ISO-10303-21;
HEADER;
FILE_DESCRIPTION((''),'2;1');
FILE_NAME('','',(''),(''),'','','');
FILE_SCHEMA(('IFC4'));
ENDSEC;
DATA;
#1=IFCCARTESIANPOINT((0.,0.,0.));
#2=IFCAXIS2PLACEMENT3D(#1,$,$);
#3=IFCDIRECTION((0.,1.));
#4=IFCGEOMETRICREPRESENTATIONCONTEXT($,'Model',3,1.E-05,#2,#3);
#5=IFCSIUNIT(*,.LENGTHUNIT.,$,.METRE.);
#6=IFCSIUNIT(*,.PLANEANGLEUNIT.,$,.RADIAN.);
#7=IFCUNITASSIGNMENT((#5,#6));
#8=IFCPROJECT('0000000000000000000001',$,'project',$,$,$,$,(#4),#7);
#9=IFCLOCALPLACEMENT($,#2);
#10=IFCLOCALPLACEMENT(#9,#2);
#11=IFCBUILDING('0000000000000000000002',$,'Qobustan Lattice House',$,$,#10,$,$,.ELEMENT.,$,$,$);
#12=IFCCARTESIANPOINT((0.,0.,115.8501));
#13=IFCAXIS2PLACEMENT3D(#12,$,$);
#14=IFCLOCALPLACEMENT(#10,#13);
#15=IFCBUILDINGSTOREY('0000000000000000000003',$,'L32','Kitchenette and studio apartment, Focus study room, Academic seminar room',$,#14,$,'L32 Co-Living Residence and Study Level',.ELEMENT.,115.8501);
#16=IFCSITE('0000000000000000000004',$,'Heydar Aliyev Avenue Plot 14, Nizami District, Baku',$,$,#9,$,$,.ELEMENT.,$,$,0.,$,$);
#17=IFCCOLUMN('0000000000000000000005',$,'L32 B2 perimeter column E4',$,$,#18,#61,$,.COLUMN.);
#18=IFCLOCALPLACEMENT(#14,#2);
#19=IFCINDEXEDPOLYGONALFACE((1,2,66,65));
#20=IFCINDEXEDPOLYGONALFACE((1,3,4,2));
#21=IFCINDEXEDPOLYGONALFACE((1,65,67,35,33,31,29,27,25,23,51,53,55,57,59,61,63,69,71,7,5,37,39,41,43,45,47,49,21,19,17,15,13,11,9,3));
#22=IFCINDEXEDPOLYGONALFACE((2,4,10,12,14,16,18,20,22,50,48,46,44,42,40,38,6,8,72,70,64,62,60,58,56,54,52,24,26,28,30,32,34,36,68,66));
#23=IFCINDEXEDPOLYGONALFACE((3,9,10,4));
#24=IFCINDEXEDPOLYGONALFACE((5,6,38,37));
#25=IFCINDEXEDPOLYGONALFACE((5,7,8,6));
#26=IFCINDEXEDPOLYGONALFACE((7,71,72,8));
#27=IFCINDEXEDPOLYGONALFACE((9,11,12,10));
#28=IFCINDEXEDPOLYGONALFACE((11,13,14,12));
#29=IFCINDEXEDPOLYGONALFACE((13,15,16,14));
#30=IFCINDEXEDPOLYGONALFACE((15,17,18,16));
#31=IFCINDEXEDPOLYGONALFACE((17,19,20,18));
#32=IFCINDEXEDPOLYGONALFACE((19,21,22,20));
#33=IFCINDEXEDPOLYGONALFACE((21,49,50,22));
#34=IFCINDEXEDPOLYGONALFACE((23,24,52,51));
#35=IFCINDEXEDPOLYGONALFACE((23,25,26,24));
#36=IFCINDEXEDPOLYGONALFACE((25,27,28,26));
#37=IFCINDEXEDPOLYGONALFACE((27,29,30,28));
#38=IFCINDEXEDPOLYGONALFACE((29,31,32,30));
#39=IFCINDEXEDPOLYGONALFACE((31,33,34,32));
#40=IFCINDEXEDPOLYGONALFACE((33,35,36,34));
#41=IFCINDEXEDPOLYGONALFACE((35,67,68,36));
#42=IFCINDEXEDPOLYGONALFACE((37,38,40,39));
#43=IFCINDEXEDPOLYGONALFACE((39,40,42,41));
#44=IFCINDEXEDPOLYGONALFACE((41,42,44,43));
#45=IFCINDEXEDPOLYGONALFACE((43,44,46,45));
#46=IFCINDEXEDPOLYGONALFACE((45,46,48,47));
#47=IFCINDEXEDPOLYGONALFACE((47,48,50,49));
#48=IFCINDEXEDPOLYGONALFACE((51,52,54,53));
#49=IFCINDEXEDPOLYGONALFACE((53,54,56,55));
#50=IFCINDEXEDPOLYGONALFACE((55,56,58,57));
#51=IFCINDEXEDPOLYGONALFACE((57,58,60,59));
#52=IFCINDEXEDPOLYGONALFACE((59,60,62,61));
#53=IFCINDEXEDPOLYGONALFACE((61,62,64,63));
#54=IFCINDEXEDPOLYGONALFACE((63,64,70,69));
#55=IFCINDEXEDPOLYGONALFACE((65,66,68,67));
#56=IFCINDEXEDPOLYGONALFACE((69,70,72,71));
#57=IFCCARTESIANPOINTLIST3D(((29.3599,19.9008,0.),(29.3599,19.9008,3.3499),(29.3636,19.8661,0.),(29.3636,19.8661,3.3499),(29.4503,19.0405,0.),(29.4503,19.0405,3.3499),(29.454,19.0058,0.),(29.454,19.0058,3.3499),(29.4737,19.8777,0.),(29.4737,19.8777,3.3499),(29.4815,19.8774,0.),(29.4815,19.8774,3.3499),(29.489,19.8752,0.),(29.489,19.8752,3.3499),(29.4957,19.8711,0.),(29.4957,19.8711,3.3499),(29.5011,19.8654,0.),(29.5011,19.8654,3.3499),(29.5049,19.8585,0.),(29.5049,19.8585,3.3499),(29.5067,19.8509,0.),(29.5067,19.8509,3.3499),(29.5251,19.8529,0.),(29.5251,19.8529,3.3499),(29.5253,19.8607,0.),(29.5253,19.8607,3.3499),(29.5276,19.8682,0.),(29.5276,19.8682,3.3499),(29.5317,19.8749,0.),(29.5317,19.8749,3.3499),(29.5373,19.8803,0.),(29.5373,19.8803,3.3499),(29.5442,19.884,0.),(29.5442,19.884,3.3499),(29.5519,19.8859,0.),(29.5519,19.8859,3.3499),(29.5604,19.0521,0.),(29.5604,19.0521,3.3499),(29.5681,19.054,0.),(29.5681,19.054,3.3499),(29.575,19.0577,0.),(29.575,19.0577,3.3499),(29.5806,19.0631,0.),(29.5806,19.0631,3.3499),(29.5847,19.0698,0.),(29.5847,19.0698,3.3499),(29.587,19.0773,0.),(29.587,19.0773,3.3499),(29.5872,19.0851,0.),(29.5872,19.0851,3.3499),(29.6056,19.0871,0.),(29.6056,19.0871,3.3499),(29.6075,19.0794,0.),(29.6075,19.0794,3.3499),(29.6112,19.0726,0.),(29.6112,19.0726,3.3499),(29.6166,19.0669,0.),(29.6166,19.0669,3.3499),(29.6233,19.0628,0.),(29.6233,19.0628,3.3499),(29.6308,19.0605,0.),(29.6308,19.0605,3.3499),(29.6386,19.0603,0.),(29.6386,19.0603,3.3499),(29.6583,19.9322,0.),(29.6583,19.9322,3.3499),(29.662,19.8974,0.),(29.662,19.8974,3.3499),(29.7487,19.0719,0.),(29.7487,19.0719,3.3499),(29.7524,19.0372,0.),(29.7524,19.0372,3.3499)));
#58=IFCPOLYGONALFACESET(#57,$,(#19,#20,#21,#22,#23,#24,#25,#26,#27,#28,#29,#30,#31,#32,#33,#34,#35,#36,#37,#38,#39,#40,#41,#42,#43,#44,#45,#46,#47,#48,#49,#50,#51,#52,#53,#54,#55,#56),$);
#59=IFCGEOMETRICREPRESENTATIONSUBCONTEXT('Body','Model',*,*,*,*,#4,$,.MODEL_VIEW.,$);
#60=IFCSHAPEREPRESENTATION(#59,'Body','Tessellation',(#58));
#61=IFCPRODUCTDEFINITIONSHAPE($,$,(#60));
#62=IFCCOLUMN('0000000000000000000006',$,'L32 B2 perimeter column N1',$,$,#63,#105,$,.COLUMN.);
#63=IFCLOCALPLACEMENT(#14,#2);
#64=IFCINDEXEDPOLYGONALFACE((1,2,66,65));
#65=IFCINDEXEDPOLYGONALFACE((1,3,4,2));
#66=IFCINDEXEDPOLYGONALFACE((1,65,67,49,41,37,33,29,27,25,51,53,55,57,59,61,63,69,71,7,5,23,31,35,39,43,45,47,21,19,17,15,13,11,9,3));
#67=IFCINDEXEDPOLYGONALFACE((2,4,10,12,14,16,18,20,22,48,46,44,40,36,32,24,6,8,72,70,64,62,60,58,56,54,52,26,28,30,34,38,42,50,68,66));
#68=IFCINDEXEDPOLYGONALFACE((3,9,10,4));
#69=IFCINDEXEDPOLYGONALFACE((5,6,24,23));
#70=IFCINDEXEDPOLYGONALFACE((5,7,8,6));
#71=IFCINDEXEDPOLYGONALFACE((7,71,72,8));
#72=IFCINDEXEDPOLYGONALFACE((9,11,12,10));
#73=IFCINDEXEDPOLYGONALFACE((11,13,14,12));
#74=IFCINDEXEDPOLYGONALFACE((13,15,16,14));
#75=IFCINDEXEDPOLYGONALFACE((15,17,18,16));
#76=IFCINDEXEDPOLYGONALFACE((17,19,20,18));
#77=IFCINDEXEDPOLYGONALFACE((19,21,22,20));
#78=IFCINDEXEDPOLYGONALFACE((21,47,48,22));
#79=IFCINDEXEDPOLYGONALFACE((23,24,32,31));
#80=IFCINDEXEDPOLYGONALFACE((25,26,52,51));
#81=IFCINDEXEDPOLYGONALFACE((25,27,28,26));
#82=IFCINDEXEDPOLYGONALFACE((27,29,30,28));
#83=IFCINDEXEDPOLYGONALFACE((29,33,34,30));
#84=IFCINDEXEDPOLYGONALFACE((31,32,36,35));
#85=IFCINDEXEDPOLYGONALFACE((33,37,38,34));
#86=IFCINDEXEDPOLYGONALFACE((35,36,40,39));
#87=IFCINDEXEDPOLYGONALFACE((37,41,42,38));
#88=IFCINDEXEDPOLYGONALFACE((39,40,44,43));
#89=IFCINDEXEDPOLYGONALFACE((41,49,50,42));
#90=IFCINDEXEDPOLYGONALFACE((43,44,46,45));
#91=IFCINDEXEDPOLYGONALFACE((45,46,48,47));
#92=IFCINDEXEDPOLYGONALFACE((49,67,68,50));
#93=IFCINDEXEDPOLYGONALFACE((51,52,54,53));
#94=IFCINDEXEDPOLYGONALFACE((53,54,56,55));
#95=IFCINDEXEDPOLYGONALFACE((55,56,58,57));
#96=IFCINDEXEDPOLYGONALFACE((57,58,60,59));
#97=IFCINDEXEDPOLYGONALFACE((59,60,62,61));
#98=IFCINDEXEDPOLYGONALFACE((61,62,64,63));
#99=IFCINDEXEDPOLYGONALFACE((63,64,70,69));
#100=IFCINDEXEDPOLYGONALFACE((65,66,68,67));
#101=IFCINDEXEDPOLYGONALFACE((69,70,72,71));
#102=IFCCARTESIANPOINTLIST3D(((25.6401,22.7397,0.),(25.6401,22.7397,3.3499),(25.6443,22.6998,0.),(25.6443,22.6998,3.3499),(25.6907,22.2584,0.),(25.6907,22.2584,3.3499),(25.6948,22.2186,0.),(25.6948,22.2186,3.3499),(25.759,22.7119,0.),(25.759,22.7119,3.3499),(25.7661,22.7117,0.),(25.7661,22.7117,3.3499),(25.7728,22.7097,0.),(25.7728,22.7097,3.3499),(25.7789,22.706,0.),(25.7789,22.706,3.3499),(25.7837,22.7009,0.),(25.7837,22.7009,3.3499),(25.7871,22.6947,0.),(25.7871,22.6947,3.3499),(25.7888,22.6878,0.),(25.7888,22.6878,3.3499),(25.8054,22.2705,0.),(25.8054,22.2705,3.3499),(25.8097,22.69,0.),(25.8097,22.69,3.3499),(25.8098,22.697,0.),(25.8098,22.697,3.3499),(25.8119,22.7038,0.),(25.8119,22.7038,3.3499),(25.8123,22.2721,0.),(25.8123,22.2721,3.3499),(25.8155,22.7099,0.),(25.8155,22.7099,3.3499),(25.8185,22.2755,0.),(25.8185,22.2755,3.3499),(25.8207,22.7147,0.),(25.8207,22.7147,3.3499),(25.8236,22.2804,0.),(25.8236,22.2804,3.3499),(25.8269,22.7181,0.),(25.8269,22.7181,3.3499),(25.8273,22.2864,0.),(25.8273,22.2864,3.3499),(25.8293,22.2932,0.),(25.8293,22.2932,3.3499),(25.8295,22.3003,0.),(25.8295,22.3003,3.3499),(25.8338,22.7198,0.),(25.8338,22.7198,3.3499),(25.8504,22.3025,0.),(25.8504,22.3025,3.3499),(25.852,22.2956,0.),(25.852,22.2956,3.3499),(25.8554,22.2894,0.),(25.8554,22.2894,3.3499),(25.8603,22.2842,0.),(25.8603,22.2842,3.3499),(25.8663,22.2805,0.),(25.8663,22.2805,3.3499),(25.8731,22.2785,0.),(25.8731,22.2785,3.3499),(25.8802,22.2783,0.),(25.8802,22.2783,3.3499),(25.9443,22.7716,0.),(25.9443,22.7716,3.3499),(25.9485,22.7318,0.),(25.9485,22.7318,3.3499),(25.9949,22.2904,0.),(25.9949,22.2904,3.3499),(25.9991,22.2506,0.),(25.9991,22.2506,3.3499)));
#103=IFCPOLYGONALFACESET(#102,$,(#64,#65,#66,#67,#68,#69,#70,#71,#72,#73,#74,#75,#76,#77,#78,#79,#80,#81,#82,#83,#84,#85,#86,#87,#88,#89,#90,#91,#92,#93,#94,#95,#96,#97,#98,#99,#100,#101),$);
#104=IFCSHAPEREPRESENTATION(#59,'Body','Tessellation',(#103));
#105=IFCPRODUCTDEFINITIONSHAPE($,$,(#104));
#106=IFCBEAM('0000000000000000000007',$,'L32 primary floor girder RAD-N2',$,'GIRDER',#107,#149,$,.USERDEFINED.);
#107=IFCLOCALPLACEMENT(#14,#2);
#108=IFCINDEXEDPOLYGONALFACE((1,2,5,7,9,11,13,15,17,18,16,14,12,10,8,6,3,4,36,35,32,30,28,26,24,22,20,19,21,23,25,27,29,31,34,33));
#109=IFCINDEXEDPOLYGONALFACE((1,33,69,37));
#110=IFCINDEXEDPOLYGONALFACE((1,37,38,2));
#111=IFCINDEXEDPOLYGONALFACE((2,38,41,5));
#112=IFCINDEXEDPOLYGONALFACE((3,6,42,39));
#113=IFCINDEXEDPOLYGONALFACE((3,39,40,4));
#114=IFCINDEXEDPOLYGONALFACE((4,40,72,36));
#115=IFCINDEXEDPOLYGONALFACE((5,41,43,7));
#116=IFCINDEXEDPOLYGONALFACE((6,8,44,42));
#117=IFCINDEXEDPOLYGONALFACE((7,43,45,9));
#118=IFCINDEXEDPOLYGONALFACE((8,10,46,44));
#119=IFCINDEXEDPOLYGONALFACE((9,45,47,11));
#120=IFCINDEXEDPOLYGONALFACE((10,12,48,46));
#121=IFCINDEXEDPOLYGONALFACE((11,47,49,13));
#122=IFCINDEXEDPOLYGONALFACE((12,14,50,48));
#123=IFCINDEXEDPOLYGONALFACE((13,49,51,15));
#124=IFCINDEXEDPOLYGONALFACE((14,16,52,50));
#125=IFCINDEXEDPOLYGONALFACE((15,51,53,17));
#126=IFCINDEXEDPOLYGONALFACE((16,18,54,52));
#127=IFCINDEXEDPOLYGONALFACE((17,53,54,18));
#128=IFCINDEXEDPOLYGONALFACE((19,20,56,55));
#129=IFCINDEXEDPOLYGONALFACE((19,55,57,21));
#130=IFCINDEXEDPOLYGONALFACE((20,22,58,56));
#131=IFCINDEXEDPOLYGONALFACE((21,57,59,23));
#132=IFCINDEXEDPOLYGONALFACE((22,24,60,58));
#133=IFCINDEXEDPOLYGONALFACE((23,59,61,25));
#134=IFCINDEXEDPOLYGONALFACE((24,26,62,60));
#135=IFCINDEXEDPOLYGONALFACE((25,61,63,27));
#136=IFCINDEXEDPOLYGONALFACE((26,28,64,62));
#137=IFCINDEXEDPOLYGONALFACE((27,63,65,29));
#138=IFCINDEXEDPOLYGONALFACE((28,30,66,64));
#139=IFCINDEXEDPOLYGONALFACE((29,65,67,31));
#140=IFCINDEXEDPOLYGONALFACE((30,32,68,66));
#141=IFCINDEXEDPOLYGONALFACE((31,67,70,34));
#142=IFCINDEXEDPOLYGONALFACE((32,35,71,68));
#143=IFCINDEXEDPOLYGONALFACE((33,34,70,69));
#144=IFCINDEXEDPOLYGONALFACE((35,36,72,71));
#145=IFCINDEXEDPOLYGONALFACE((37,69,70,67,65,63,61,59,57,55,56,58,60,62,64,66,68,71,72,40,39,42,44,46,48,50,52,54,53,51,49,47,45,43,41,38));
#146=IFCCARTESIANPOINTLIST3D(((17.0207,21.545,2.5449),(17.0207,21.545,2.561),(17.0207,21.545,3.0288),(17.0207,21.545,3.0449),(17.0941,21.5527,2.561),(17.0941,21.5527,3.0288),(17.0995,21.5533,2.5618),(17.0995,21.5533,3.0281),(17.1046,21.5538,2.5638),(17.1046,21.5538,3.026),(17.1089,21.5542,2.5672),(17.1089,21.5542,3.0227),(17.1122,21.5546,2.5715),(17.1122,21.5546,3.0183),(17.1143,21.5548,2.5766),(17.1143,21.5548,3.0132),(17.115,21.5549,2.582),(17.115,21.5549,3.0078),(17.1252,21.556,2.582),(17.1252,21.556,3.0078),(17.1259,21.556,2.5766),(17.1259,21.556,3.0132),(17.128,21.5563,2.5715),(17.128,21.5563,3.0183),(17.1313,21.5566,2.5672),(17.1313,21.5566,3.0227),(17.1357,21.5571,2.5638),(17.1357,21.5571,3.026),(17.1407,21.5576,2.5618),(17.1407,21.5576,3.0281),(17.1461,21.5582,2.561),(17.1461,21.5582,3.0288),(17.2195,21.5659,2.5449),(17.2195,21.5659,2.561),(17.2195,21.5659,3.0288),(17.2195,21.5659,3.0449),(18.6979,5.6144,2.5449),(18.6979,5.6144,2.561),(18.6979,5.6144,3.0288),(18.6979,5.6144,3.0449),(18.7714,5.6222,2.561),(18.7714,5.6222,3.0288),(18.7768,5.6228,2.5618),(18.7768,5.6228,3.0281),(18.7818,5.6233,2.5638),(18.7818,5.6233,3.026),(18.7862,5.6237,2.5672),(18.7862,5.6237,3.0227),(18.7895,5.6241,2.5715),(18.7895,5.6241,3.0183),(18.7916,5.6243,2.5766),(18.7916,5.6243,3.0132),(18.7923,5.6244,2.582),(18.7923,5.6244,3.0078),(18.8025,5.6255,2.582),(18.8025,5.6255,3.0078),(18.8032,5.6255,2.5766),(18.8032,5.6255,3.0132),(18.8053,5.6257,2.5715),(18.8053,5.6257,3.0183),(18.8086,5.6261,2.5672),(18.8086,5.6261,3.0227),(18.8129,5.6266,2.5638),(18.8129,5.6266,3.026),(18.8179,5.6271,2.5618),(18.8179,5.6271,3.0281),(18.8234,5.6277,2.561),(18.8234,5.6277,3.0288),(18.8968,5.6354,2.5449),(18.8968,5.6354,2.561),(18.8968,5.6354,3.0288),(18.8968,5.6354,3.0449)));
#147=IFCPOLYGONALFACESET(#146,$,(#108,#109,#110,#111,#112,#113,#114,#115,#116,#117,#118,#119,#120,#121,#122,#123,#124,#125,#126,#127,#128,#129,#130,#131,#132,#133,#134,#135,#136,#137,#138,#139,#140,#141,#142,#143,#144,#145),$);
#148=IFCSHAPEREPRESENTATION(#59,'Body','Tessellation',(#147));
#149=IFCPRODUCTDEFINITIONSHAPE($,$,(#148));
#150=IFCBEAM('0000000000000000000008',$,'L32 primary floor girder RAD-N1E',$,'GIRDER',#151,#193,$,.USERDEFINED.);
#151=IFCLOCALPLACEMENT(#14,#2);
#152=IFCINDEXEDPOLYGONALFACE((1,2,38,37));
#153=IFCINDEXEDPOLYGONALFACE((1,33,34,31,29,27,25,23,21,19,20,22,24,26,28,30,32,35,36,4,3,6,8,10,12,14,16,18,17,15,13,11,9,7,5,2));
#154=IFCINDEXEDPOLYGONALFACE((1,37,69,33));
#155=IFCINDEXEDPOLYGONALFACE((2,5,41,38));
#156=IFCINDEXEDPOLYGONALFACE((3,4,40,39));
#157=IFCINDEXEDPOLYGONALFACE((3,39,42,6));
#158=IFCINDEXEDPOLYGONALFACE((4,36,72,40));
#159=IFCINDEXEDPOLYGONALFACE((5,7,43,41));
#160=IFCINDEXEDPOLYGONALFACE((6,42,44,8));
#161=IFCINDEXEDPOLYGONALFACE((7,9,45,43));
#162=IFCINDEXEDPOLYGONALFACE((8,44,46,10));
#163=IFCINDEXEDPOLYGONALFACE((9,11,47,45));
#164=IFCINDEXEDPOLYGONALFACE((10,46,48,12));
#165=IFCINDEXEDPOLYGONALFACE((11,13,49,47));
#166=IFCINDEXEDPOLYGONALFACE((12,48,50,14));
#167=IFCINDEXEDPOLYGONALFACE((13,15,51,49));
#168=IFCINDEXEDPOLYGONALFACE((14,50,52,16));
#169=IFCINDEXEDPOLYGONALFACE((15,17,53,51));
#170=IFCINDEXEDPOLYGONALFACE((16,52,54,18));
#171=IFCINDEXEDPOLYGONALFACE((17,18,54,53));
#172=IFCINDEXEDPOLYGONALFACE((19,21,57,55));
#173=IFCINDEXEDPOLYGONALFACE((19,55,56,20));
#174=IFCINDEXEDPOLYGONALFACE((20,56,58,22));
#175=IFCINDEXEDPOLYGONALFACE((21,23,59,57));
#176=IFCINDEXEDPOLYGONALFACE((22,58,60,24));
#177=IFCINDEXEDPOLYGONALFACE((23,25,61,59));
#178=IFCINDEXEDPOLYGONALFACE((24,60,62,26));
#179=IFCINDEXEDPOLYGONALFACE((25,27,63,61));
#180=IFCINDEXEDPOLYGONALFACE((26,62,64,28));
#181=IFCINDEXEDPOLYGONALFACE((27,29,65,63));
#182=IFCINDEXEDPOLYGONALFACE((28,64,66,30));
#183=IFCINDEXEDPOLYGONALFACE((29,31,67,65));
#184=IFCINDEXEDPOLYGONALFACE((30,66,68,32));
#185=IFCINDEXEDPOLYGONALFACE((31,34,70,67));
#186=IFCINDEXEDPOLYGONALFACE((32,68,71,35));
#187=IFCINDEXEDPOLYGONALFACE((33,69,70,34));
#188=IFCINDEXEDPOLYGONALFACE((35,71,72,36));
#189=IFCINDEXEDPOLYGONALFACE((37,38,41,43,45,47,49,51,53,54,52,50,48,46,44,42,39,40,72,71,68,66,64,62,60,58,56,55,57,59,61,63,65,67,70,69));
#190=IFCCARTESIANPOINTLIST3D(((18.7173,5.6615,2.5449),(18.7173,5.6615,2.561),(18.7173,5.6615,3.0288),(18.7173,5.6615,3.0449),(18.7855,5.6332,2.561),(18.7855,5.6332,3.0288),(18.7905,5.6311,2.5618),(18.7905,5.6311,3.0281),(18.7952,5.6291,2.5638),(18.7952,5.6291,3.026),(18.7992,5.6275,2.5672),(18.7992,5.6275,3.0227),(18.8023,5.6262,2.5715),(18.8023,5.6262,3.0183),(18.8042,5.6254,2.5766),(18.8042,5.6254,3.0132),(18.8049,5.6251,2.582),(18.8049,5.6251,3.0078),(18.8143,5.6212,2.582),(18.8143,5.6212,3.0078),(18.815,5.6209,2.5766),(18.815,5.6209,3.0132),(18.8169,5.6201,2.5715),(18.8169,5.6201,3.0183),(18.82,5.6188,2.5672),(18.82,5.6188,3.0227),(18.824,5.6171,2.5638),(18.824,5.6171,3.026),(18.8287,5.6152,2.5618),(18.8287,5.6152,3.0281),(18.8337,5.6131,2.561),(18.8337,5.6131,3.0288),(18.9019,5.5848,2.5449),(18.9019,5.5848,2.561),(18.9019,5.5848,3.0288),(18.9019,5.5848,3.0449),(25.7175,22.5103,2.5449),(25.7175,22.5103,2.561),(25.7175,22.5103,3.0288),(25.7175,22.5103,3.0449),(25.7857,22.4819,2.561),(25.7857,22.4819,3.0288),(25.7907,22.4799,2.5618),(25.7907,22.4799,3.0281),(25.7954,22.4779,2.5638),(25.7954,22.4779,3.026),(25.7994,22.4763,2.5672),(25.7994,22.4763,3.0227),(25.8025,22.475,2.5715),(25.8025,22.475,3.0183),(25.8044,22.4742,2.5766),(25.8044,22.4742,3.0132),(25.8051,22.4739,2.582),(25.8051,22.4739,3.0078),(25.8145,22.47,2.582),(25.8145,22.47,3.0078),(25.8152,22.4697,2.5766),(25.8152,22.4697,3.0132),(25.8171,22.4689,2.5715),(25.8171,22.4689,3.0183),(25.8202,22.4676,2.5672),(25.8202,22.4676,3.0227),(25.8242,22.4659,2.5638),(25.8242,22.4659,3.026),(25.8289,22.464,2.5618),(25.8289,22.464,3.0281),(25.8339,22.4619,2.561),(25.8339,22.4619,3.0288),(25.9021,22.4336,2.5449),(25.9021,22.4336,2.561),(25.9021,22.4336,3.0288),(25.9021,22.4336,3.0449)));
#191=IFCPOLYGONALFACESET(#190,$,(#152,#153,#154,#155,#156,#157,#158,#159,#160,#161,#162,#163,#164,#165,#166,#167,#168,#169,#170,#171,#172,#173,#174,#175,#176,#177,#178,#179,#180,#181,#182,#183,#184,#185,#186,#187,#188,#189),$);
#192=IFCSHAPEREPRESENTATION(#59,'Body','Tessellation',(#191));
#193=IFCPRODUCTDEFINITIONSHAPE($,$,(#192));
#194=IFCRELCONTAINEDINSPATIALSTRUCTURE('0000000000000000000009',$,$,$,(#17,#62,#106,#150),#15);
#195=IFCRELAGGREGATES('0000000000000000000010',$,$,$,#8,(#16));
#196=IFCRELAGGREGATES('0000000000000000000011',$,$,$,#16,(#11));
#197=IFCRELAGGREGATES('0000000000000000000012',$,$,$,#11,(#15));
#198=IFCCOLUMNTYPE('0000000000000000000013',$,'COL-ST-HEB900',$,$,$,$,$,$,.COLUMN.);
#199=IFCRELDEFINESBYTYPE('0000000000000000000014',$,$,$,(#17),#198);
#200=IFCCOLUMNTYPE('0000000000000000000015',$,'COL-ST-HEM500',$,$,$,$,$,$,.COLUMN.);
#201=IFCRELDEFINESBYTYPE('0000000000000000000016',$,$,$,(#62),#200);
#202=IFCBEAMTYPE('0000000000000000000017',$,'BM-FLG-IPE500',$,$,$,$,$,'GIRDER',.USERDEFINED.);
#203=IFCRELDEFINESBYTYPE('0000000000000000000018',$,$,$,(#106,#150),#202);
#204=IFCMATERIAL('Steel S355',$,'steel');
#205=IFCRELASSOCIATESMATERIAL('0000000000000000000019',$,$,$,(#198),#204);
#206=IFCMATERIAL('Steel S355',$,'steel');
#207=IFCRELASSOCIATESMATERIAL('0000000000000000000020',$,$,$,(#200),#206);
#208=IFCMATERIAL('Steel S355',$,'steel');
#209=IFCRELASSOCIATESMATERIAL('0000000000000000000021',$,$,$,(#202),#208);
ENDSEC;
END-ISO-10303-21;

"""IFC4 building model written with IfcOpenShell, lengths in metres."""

from ifc_helpers import new_model, si_unit, direction, frame, origin, origin_2d, place, context, subcontext, project, spatial, i_section, extrude, material, material_profile, profile_set, type_object, element, save


model = new_model("IFC4")

# Units and contexts
model_context = context("Model", 3, precision=1e-05, world=origin(), true_north=direction((0.0, 1.0)))
body_context = subcontext(model_context, "Body", "Model", "MODEL_VIEW")
ifc_project = project(units=[si_unit("LENGTHUNIT", "METRE"), si_unit("PLANEANGLEUNIT", "RADIAN")], contexts=[model_context])

# Site, building, storey
site_placement = place(None, origin())
site = spatial("IfcSite", under=ifc_project, at=site_placement, Name="Heydar Aliyev Avenue Plot 14, Nizami District, Baku", CompositionType="ELEMENT", RefElevation=0.0)
building_placement = place(site_placement, origin())
building = spatial("IfcBuilding", under=site, at=building_placement, Name="Qobustan Lattice House", CompositionType="ELEMENT")
storey_placement = place(building_placement, frame((0.0, 0.0, 115.8501)))
storey = spatial("IfcBuildingStorey", under=building, at=storey_placement, Name="L32", Description="Kitchenette and studio apartment, Focus study room, Academic seminar room", LongName="L32 Co-Living Residence and Study Level", CompositionType="ELEMENT", Elevation=115.8501)

# Columns
ifc_material_1 = material(Name="Steel S355", Category="steel")
ifc_material_profile_1 = material_profile(ifc_material_1, i_section(OverallWidth=0.3, OverallDepth=0.8999, WebThickness=0.0186, FlangeThickness=0.0349, FilletRadius=0.03, at=origin_2d()), Name="HEB900")
ifc_profile_set_1 = profile_set([ifc_material_profile_1], Name="Steel S355")
column_type_1 = type_object("IfcColumnType", Name="COL-ST-HEB900", PredefinedType="COLUMN", material=ifc_profile_set_1)
column_1_placement = place(storey_placement, frame((29.5562, 19.469, 0.0), z_axis=(0.0, 0.0, 1.0), x_axis=(0.994522, 0.104528, 0.0)))
element("IfcColumn", 1, at=column_1_placement, inside=storey, type_object=column_type_1, Name="L32 B2 perimeter column E4", PredefinedType="COLUMN", context=body_context, shape_type="SweptSolid", body=[
    extrude(i_section(OverallWidth=0.3, OverallDepth=0.8999, WebThickness=0.0186, FlangeThickness=0.0349, FilletRadius=0.03, at=origin_2d()), origin(), (0.0, 0.0, 1.0), 3.3499),
])
ifc_material_2 = material(Name="Steel S355", Category="steel")
ifc_material_profile_2 = material_profile(ifc_material_2, i_section(OverallWidth=0.3059, OverallDepth=0.5239, WebThickness=0.021, FlangeThickness=0.04, FilletRadius=0.0271, at=origin_2d()), Name="HEM500")
ifc_profile_set_2 = profile_set([ifc_material_profile_2], Name="Steel S355")
column_type_2 = type_object("IfcColumnType", Name="COL-ST-HEM500", PredefinedType="COLUMN", material=ifc_profile_set_2)
column_2_placement = place(storey_placement, frame((25.8196, 22.4951, 0.0), z_axis=(0.0, 0.0, 1.0), x_axis=(0.994522, 0.104528, 0.0)))
element("IfcColumn", 2, at=column_2_placement, inside=storey, type_object=column_type_2, Name="L32 B2 perimeter column N1", PredefinedType="COLUMN", context=body_context, shape_type="SweptSolid", body=[
    extrude(i_section(OverallWidth=0.3059, OverallDepth=0.5239, WebThickness=0.021, FlangeThickness=0.04, FilletRadius=0.0271, at=origin_2d()), origin(), (0.0, 0.0, 1.0), 3.3499),
])

# Beams
ifc_material_3 = material(Name="Steel S355", Category="steel")
ifc_material_profile_3 = material_profile(ifc_material_3, i_section(OverallWidth=0.2, OverallDepth=0.5, WebThickness=0.0103, FlangeThickness=0.0161, FilletRadius=0.021, at=origin_2d()), Name="IPE500")
ifc_profile_set_3 = profile_set([ifc_material_profile_3], Name="Steel S355")
beam_type_1 = type_object("IfcBeamType", Name="BM-FLG-IPE500", ElementType="GIRDER", PredefinedType="USERDEFINED", material=ifc_profile_set_3)
beam_1_placement = place(storey_placement, frame((17.1201, 21.5554, 2.7949), z_axis=(0.104707, -0.994503, 0.0), x_axis=(0.994503, 0.104707, 0.0)))
element("IfcBeam", 3, at=beam_1_placement, inside=storey, type_object=beam_type_1, Name="L32 primary floor girder RAD-N2", ObjectType="GIRDER", PredefinedType="USERDEFINED", context=body_context, shape_type="SweptSolid", body=[
    extrude(i_section(OverallWidth=0.2, OverallDepth=0.5, WebThickness=0.0103, FlangeThickness=0.0161, FilletRadius=0.021, at=origin_2d()), origin(), (0.0, 0.0, 1.0), 16.0186),
])
beam_2_placement = place(storey_placement, frame((25.8098, 22.4719, 2.7949), z_axis=(-0.383676, -0.923468, 0.0), x_axis=(0.923468, -0.383676, 0.0)))
element("IfcBeam", 4, at=beam_2_placement, inside=storey, type_object=beam_type_1, Name="L32 primary floor girder RAD-N1E", ObjectType="GIRDER", PredefinedType="USERDEFINED", context=body_context, shape_type="SweptSolid", body=[
    extrude(i_section(OverallWidth=0.2, OverallDepth=0.5, WebThickness=0.0103, FlangeThickness=0.0161, FilletRadius=0.021, at=origin_2d()), origin(), (0.0, 0.0, 1.0), 18.2451),
])

save(model, "model.ifc")
